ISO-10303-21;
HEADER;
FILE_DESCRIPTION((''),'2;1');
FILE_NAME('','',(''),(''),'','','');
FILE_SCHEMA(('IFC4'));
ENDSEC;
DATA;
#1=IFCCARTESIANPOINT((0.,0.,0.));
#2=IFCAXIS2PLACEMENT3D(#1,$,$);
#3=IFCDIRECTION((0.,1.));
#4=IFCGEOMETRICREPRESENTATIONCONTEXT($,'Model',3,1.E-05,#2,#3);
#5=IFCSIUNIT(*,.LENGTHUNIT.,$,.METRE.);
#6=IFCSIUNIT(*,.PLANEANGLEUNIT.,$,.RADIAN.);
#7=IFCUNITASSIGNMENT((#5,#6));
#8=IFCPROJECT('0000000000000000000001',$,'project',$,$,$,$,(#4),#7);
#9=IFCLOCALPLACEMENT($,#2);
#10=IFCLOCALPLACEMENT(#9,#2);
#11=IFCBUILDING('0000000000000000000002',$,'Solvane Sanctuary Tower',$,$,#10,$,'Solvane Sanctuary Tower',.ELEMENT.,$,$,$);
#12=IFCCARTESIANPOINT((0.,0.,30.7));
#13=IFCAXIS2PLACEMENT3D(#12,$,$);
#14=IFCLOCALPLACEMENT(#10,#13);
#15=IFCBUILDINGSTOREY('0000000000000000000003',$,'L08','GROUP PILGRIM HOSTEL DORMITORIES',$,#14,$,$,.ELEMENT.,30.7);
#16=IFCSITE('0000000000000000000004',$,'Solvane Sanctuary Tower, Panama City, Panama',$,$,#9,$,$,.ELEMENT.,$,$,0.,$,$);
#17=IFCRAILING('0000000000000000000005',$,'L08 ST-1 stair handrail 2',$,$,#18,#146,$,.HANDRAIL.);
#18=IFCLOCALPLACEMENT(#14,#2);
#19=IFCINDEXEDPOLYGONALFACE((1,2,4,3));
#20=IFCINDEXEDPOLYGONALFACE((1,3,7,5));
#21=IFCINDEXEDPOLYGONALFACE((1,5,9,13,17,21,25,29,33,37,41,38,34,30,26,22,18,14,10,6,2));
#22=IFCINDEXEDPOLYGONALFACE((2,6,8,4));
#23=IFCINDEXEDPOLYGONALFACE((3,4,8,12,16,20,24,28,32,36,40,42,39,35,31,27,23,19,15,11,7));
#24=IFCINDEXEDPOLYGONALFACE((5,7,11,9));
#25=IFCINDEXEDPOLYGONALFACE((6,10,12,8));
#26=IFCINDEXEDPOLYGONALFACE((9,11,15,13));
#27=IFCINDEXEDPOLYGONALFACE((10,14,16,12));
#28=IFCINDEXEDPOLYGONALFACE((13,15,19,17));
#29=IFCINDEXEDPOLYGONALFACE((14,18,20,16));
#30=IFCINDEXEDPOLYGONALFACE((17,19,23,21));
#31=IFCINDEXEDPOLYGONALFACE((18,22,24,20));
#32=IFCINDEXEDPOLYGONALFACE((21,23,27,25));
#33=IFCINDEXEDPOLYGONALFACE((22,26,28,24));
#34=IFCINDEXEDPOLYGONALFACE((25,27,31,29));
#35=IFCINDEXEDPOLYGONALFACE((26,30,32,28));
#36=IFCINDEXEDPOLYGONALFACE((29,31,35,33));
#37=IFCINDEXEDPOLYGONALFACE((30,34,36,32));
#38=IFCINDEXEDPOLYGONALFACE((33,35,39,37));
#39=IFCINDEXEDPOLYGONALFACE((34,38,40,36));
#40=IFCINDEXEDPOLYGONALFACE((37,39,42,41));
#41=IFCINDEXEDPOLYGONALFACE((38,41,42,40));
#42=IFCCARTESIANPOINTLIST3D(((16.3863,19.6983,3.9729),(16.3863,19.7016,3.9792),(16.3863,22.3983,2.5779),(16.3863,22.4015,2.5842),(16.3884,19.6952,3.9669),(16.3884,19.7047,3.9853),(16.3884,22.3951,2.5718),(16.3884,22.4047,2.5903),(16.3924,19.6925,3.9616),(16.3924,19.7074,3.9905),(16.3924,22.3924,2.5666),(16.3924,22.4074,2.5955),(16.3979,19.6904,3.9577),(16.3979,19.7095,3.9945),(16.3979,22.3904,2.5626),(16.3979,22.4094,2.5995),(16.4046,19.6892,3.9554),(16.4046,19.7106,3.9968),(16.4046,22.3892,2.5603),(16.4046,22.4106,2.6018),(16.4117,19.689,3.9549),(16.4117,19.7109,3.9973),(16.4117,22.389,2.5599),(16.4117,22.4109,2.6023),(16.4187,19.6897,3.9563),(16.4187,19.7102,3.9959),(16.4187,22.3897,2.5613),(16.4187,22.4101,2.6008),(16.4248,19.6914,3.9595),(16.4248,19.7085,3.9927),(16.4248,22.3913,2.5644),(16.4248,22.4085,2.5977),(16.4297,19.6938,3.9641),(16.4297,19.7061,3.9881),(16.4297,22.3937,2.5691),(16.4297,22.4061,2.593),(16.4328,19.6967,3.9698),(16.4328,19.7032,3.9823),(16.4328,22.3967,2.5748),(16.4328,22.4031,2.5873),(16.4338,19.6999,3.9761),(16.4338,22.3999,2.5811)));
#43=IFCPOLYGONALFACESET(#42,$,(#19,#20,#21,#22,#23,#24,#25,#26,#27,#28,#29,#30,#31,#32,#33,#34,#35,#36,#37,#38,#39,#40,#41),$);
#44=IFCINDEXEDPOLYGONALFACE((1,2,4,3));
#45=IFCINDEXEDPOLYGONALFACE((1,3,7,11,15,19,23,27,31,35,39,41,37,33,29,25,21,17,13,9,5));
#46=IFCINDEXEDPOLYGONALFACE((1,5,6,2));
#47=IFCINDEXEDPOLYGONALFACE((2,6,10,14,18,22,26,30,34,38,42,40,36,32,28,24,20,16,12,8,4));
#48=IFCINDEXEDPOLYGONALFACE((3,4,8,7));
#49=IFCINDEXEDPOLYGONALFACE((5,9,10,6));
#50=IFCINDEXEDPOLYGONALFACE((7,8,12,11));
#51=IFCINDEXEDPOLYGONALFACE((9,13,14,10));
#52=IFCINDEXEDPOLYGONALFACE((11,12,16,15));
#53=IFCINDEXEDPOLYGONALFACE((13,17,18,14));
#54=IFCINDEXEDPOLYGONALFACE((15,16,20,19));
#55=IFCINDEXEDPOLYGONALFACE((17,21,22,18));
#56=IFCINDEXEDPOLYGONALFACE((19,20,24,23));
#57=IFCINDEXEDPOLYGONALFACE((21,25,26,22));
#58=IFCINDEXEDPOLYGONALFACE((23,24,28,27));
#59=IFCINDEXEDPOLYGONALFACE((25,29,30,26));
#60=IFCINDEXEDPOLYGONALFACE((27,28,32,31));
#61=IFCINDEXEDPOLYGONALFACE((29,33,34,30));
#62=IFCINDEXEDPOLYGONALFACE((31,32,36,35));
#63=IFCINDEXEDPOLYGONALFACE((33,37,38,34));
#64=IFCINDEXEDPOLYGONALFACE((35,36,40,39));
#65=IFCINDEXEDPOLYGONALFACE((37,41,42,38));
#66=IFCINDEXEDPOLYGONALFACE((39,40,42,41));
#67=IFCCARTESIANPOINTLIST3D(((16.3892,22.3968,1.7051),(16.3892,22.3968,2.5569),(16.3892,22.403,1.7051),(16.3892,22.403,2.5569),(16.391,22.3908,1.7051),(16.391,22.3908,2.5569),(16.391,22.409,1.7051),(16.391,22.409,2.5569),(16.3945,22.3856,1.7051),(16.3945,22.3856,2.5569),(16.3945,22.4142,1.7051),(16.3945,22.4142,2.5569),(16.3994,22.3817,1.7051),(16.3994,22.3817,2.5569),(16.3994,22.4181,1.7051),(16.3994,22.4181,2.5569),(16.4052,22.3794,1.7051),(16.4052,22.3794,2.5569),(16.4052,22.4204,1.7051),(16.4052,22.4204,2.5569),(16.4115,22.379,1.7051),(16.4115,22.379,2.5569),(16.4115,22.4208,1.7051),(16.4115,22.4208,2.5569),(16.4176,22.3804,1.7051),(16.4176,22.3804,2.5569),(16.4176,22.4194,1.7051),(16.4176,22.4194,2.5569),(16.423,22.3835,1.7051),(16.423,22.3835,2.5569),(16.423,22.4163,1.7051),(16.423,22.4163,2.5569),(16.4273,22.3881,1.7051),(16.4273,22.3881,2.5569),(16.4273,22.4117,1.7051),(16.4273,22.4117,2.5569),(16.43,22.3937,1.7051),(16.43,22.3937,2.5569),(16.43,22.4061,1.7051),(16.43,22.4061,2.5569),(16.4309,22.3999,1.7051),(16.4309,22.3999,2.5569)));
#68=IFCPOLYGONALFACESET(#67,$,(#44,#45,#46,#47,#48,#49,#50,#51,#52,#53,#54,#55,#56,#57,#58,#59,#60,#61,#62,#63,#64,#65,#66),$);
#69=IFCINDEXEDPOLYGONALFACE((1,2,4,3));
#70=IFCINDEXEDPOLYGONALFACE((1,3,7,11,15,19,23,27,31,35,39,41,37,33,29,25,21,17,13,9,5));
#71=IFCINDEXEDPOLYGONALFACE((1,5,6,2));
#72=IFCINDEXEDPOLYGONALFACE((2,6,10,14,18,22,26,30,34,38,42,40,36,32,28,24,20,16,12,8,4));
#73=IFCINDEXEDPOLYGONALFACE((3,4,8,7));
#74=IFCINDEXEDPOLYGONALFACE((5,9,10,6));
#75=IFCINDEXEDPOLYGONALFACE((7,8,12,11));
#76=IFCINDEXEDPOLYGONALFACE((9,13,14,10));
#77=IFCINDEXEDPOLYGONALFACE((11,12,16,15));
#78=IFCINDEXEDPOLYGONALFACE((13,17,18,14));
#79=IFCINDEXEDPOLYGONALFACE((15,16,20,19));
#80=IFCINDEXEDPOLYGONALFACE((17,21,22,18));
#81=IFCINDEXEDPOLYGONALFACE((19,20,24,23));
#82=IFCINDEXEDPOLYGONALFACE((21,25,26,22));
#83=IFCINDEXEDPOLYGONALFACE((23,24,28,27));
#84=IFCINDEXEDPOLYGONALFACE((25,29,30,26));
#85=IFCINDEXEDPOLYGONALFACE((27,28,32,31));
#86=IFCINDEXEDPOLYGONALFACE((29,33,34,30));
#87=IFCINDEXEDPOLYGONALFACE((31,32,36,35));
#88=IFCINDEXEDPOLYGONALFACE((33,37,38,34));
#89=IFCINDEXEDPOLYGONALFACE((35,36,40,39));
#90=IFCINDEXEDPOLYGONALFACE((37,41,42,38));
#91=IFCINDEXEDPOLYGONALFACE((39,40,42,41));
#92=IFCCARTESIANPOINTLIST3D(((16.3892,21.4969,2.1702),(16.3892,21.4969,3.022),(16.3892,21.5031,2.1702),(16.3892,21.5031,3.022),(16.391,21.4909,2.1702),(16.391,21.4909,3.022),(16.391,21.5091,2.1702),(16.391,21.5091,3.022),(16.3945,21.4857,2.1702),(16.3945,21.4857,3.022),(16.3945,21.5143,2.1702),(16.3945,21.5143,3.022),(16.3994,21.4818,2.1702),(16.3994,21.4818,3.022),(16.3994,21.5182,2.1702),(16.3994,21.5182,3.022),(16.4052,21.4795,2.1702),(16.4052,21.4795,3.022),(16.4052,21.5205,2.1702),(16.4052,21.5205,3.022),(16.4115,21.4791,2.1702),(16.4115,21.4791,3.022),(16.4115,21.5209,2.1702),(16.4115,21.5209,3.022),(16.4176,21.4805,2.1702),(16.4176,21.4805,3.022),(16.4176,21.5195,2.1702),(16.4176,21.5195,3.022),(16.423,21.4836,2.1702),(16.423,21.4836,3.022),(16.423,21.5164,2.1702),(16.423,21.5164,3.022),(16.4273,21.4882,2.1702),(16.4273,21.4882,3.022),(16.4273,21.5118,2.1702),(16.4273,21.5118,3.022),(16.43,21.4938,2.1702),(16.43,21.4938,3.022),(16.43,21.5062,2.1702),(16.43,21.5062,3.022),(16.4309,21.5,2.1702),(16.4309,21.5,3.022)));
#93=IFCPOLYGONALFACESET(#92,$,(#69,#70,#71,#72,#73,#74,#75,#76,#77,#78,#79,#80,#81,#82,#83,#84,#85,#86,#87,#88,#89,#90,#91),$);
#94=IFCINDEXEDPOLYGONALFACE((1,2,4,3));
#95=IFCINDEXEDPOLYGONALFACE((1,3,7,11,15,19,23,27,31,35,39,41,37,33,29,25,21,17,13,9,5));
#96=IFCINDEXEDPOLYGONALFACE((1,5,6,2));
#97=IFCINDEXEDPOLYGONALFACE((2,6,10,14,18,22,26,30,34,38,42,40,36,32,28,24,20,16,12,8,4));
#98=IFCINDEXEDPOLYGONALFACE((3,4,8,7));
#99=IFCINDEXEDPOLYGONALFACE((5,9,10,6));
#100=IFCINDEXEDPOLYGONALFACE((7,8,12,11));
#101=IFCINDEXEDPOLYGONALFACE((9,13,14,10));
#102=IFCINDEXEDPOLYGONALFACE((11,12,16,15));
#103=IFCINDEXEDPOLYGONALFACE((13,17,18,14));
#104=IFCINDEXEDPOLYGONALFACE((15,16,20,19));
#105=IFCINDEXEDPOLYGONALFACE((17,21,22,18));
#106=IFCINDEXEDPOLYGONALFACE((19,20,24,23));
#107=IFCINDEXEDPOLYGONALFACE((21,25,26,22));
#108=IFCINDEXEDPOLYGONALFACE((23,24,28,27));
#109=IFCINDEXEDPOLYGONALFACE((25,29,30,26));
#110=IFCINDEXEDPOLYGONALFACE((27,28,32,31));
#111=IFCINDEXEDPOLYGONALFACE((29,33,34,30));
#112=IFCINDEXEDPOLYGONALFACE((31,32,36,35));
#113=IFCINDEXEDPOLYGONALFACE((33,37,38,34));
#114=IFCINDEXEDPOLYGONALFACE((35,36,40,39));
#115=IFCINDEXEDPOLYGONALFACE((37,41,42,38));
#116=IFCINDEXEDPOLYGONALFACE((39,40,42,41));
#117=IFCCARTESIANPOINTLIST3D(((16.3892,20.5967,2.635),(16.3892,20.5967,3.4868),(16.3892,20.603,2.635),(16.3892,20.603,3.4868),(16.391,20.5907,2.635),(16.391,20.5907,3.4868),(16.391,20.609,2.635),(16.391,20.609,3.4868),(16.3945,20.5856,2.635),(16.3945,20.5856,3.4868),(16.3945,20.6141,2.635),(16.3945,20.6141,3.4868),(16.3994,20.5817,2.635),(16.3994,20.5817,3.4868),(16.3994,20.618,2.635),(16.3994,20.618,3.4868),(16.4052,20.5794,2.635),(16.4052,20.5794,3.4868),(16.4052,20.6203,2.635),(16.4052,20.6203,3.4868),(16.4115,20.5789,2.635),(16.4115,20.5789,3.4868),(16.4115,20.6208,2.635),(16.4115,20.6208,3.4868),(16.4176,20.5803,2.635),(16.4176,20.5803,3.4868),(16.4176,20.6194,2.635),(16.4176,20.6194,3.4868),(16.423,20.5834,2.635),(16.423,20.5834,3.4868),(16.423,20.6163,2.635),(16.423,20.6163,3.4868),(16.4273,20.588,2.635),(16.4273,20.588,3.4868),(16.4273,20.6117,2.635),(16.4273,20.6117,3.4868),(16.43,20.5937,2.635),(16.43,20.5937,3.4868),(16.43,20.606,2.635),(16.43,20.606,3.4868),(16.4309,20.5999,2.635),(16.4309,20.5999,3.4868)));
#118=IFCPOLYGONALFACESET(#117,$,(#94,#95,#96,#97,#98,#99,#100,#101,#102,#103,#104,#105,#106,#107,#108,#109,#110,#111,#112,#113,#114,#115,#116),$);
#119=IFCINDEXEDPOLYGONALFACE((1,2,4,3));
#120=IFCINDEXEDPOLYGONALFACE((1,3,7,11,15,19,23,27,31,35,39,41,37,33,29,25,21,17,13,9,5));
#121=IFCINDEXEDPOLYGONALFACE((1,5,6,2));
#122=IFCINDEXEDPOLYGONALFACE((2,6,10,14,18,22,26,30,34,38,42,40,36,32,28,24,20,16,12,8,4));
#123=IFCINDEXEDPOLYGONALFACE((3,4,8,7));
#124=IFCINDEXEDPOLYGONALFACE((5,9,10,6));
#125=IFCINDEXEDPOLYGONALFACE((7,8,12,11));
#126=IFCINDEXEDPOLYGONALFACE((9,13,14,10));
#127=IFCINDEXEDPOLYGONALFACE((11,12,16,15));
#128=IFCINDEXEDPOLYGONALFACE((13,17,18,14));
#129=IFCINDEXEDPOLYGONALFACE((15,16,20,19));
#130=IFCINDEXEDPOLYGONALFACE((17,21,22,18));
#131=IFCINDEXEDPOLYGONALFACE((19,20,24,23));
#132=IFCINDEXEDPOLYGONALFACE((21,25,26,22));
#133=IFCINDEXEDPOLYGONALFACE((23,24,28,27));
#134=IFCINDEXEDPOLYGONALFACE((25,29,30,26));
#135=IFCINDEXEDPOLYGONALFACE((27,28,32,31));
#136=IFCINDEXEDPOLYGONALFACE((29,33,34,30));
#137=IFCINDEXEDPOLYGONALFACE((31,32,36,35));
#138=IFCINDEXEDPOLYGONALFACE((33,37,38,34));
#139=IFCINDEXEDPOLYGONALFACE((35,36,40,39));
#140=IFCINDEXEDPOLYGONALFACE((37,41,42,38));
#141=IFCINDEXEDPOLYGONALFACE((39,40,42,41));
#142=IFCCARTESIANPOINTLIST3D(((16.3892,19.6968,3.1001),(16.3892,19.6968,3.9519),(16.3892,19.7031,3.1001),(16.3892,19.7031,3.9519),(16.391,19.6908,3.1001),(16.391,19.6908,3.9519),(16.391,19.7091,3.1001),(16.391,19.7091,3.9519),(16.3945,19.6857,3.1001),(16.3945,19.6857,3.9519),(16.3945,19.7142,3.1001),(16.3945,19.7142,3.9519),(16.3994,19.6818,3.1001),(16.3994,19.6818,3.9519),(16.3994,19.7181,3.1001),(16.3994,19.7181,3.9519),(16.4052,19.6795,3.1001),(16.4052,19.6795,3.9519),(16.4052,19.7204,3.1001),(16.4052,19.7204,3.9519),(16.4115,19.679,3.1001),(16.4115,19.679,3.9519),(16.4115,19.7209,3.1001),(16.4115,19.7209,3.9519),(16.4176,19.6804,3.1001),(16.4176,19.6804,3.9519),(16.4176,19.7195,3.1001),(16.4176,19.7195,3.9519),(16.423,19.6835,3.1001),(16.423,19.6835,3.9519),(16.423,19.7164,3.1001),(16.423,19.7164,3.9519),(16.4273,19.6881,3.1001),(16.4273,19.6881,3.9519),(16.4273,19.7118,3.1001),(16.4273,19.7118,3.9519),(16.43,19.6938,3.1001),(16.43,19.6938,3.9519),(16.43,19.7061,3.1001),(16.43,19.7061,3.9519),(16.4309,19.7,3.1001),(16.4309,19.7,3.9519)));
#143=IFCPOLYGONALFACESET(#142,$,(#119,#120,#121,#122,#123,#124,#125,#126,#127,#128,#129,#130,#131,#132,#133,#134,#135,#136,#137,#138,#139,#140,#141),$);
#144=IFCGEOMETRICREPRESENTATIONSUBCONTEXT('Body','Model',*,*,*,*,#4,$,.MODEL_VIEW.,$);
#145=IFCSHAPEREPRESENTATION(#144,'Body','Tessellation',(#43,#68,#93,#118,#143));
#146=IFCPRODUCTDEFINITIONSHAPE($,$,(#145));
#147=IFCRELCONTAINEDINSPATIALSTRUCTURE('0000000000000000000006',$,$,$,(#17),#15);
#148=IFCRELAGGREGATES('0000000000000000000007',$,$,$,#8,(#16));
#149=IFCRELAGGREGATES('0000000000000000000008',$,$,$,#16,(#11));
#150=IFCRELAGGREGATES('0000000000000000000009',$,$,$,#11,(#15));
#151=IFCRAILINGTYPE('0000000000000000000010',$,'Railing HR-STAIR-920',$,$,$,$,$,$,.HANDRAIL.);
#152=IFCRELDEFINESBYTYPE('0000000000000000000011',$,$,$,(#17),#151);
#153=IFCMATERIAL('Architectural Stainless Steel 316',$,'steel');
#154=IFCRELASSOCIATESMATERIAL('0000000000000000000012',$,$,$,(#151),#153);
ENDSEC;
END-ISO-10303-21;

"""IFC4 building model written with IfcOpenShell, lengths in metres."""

from ifc_helpers import new_model, si_unit, direction, frame, origin, origin_2d, place, context, subcontext, project, spatial, circle, extrude, material, type_object, element, save


model = new_model("IFC4")

# Units and contexts
model_context = context("Model", 3, precision=1e-05, world=origin(), true_north=direction((0.0, 1.0)))
body_context = subcontext(model_context, "Body", "Model", "MODEL_VIEW")
ifc_project = project(units=[si_unit("LENGTHUNIT", "METRE"), si_unit("PLANEANGLEUNIT", "RADIAN")], contexts=[model_context])

# Site, building, storey
site_placement = place(None, origin())
site = spatial("IfcSite", under=ifc_project, at=site_placement, Name="Solvane Sanctuary Tower, Panama City, Panama", CompositionType="ELEMENT", RefElevation=0.0)
building_placement = place(site_placement, origin())
building = spatial("IfcBuilding", under=site, at=building_placement, Name="Solvane Sanctuary Tower", LongName="Solvane Sanctuary Tower", CompositionType="ELEMENT")
storey_placement = place(building_placement, frame((0.0, 0.0, 30.7)))
storey = spatial("IfcBuildingStorey", under=building, at=storey_placement, Name="L08", Description="GROUP PILGRIM HOSTEL DORMITORIES", CompositionType="ELEMENT", Elevation=30.7)

# Railing
ifc_material_1 = material(Name="Architectural Stainless Steel 316", Category="steel")
railing_type_1 = type_object("IfcRailingType", Name="Railing HR-STAIR-920", PredefinedType="HANDRAIL", material=ifc_material_1)
railing_1_placement = place(storey_placement, frame((16.4099, 22.3999, 1.7051)))
element("IfcRailing", 1, at=railing_1_placement, inside=storey, type_object=railing_type_1, Name="L08 ST-1 stair handrail 2", PredefinedType="HANDRAIL", context=body_context, shape_type="SweptSolid", body=[
    extrude(circle(Radius=0.0239, at=origin_2d()), frame((0.0, 0.0, 0.876), z_axis=(0.0, -0.88842, 0.459032), x_axis=(1.0, 0.0, 0.0)), (0.0, 0.0, 1.0), 3.0391),
    extrude(circle(Radius=0.021, at=origin_2d()), origin(), (0.0, 0.0, 1.0), 0.8518),
    extrude(circle(Radius=0.021, at=origin_2d()), frame((0.0, -0.8999, 0.4651)), (0.0, 0.0, 1.0), 0.8518),
    extrude(circle(Radius=0.021, at=origin_2d()), frame((0.0, -1.8, 0.9299)), (0.0, 0.0, 1.0), 0.8518),
    extrude(circle(Radius=0.021, at=origin_2d()), frame((0.0, -2.7, 1.395)), (0.0, 0.0, 1.0), 0.8518),
])

save(model, "model.ifc")
